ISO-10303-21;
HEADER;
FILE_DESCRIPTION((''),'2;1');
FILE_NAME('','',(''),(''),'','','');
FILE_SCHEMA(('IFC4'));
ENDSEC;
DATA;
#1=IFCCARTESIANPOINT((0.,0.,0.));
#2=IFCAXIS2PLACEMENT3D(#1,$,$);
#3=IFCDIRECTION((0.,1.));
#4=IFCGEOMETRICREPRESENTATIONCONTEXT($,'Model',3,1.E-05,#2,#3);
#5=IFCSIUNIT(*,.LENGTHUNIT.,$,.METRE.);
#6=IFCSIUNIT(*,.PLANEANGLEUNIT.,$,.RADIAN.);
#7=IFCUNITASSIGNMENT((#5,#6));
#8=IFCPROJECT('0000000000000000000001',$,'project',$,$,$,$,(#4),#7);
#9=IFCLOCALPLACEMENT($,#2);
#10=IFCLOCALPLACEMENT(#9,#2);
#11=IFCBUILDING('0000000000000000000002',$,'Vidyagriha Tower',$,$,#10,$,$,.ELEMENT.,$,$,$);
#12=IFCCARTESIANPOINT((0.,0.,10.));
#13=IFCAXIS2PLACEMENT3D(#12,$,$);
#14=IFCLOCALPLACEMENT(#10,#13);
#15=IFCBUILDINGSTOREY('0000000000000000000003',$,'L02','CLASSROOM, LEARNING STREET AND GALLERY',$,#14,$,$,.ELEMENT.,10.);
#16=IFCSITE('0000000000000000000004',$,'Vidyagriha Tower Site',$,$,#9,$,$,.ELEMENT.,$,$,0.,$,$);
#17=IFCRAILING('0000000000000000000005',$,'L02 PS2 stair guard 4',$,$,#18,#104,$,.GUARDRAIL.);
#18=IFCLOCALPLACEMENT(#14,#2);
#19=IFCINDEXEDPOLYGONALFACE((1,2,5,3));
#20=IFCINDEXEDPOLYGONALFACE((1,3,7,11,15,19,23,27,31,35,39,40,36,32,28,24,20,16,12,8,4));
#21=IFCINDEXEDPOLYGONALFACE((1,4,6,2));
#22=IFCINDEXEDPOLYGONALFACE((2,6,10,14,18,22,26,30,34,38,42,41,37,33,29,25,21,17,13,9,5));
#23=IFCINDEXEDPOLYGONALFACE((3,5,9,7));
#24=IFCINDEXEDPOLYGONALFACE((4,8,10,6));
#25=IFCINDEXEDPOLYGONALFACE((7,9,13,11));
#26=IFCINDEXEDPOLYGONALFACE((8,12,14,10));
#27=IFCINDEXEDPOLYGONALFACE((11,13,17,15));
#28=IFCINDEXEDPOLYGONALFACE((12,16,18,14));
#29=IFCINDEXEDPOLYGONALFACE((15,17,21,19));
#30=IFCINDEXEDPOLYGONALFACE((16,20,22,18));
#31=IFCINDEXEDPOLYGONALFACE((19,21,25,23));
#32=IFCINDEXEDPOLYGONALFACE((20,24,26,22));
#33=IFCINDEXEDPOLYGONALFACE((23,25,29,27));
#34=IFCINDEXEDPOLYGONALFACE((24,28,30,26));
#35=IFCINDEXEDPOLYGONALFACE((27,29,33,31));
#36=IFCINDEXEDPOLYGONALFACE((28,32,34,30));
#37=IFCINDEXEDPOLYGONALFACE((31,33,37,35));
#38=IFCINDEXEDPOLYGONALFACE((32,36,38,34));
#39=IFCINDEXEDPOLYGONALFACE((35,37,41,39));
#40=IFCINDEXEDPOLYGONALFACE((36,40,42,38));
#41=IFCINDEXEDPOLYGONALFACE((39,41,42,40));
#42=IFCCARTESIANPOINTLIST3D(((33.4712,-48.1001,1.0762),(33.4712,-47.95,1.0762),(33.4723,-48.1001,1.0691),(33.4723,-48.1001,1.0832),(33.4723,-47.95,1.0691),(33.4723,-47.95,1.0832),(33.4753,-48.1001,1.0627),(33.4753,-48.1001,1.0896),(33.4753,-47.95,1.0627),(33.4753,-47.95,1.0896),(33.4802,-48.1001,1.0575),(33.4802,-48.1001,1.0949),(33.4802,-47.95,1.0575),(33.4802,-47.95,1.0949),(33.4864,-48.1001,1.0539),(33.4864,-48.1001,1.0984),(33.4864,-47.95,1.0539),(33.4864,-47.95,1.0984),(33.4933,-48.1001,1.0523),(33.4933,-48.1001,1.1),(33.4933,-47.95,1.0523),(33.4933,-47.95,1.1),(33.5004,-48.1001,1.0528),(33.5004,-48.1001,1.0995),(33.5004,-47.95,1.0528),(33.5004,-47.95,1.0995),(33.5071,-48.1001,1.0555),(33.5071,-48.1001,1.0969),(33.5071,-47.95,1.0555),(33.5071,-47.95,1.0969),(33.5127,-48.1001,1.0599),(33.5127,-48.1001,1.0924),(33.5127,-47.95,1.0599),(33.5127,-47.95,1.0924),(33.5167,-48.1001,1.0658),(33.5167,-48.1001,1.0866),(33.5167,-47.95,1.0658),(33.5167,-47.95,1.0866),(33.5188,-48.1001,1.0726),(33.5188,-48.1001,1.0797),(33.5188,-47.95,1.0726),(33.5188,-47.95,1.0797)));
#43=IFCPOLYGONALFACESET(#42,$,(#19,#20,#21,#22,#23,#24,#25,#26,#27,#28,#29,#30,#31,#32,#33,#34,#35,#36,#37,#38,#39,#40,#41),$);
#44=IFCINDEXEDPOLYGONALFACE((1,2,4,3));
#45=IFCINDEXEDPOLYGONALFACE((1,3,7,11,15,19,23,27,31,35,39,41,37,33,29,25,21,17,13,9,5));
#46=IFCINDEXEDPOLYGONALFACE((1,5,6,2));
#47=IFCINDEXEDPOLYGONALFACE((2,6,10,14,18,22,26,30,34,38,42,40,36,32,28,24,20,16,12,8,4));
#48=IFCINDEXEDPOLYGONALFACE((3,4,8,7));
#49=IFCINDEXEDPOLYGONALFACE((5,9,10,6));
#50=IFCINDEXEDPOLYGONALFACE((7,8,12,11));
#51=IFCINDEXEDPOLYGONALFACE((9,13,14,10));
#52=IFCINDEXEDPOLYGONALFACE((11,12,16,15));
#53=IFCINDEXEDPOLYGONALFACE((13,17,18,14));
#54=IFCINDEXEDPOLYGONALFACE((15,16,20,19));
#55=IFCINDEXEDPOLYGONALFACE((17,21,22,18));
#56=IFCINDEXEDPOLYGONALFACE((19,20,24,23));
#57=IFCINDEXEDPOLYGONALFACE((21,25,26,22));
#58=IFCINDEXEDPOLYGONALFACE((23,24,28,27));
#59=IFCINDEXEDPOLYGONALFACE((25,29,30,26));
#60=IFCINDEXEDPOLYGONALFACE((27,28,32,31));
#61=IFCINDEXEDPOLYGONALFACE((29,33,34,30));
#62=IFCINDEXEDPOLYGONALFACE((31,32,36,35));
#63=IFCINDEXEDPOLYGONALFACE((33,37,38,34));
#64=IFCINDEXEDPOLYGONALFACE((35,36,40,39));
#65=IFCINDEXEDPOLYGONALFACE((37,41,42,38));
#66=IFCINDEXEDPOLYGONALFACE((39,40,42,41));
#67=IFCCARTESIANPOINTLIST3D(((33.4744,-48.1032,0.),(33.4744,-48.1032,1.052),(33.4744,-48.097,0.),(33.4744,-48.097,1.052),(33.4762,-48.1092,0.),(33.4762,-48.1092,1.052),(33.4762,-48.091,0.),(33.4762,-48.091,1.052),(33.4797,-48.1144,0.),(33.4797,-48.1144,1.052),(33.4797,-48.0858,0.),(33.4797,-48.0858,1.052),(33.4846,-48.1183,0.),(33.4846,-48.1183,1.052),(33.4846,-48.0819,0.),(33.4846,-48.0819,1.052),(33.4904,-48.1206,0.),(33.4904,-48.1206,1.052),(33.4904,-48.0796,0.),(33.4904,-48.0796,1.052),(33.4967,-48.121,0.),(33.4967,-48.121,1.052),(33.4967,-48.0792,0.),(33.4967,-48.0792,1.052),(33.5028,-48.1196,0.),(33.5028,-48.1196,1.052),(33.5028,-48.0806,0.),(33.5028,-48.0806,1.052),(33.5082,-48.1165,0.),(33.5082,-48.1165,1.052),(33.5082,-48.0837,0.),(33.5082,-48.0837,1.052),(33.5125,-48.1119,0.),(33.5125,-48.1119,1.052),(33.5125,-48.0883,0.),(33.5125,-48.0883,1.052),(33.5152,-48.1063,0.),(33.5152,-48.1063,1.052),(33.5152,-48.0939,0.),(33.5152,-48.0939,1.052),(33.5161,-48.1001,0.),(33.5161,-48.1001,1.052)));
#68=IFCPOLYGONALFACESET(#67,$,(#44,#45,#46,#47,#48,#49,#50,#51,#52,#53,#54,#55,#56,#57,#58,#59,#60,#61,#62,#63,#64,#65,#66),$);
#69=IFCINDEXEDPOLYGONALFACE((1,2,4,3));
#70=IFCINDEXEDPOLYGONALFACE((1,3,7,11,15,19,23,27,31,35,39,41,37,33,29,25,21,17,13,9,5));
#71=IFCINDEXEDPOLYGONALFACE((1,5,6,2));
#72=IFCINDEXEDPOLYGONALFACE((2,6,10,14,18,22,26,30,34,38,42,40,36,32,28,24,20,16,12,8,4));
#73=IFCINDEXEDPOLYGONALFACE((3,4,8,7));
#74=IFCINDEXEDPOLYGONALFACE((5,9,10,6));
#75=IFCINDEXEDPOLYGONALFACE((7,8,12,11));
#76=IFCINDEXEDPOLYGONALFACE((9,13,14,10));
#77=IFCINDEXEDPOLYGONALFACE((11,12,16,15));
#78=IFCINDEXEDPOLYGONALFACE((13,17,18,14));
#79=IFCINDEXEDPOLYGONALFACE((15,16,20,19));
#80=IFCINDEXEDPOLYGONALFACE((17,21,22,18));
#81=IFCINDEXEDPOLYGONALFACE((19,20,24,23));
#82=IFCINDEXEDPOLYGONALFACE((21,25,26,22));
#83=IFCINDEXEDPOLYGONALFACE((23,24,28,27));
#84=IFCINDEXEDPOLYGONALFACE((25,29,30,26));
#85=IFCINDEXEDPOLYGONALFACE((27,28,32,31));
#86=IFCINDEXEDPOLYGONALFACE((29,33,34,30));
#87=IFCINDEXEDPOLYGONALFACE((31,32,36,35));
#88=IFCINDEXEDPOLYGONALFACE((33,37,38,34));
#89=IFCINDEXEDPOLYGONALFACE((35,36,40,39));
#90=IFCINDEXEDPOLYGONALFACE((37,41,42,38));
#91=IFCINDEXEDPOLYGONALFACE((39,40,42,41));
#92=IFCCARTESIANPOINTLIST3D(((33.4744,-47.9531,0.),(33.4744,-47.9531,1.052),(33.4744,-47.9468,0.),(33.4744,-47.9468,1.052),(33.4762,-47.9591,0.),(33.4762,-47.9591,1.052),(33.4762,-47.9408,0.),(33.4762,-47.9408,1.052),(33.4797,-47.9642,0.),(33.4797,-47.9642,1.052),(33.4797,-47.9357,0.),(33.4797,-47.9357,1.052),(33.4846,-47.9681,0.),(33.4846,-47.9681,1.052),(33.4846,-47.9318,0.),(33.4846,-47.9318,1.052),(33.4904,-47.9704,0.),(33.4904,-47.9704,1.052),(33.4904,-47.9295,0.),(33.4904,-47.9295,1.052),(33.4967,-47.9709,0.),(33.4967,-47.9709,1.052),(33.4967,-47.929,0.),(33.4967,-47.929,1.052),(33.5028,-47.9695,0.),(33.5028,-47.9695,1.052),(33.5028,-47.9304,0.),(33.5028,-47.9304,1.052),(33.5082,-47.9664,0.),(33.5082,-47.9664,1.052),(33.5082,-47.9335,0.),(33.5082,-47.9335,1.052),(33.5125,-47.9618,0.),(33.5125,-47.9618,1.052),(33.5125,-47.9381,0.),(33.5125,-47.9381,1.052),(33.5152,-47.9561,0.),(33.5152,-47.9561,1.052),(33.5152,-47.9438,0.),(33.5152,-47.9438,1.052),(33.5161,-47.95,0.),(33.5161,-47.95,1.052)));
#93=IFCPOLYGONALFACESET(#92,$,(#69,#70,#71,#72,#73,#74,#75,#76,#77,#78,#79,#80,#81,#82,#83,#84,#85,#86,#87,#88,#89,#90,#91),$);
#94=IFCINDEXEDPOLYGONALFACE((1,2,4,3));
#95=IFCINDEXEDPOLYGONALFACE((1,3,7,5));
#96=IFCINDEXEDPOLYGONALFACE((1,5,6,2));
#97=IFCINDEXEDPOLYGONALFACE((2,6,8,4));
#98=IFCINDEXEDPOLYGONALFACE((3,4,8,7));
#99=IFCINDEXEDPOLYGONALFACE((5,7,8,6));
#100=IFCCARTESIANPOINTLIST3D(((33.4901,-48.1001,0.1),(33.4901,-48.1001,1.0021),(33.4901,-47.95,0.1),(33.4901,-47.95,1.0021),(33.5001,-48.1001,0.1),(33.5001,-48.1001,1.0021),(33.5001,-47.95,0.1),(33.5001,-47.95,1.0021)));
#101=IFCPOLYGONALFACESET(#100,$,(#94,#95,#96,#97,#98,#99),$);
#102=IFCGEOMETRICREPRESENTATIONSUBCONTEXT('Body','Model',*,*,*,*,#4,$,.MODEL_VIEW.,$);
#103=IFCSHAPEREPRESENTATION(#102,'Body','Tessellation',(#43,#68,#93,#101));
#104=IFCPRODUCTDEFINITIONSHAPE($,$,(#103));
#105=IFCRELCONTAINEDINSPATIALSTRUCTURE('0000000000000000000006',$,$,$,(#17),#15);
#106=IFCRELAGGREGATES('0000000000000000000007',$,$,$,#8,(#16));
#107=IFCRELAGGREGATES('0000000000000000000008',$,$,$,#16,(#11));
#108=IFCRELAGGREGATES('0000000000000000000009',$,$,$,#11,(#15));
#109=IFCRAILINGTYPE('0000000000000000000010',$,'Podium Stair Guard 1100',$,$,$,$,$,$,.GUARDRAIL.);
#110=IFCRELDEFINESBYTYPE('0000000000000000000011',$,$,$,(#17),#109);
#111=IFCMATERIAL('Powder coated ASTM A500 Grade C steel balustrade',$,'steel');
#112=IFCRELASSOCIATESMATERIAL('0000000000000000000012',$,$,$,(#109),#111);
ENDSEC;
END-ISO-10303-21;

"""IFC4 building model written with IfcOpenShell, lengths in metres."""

from ifc_helpers import new_model, si_unit, direction, frame, origin, origin_2d, place, context, subcontext, project, spatial, rectangle, circle, extrude, material, type_object, element, save


model = new_model("IFC4")

# Units and contexts
model_context = context("Model", 3, precision=1e-05, world=origin(), true_north=direction((0.0, 1.0)))
body_context = subcontext(model_context, "Body", "Model", "MODEL_VIEW")
ifc_project = project(units=[si_unit("LENGTHUNIT", "METRE"), si_unit("PLANEANGLEUNIT", "RADIAN")], contexts=[model_context])

# Site, building, storey
site_placement = place(None, origin())
site = spatial("IfcSite", under=ifc_project, at=site_placement, Name="Vidyagriha Tower Site", CompositionType="ELEMENT", RefElevation=0.0)
building_placement = place(site_placement, origin())
building = spatial("IfcBuilding", under=site, at=building_placement, Name="Vidyagriha Tower", CompositionType="ELEMENT")
storey_placement = place(building_placement, frame((0.0, 0.0, 10.0)))
storey = spatial("IfcBuildingStorey", under=building, at=storey_placement, Name="L02", Description="CLASSROOM, LEARNING STREET AND GALLERY", CompositionType="ELEMENT", Elevation=10.0)

# Railing
ifc_material_1 = material(Name="Powder coated ASTM A500 Grade C steel balustrade", Category="steel")
railing_type_1 = type_object("IfcRailingType", Name="Podium Stair Guard 1100", PredefinedType="GUARDRAIL", material=ifc_material_1)
railing_1_placement = place(storey_placement, frame((33.4951, -48.1001, 0.0)))
element("IfcRailing", 1, at=railing_1_placement, inside=storey, type_object=railing_type_1, Name="L02 PS2 stair guard 4", PredefinedType="GUARDRAIL", context=body_context, shape_type="SweptSolid", body=[
    extrude(circle(Radius=0.0239, at=origin_2d()), frame((0.0, 0.0, 1.0762), z_axis=(0.0, 1.0, 0.0), x_axis=(-1.0, 0.0, 0.0)), (0.0, 0.0, 1.0), 0.1501),
    extrude(circle(Radius=0.021, at=origin_2d()), origin(), (0.0, 0.0, 1.0), 1.052),
    extrude(circle(Radius=0.021, at=origin_2d()), frame((0.0, 0.1501, 0.0)), (0.0, 0.0, 1.0), 1.052),
    extrude(rectangle(XDim=0.01, YDim=0.9021, at=origin_2d()), frame((0.0, 0.0, 0.551), z_axis=(0.0, 1.0, 0.0), x_axis=(-1.0, 0.0, 0.0)), (0.0, 0.0, 1.0), 0.1501),
])

save(model, "model.ifc")
